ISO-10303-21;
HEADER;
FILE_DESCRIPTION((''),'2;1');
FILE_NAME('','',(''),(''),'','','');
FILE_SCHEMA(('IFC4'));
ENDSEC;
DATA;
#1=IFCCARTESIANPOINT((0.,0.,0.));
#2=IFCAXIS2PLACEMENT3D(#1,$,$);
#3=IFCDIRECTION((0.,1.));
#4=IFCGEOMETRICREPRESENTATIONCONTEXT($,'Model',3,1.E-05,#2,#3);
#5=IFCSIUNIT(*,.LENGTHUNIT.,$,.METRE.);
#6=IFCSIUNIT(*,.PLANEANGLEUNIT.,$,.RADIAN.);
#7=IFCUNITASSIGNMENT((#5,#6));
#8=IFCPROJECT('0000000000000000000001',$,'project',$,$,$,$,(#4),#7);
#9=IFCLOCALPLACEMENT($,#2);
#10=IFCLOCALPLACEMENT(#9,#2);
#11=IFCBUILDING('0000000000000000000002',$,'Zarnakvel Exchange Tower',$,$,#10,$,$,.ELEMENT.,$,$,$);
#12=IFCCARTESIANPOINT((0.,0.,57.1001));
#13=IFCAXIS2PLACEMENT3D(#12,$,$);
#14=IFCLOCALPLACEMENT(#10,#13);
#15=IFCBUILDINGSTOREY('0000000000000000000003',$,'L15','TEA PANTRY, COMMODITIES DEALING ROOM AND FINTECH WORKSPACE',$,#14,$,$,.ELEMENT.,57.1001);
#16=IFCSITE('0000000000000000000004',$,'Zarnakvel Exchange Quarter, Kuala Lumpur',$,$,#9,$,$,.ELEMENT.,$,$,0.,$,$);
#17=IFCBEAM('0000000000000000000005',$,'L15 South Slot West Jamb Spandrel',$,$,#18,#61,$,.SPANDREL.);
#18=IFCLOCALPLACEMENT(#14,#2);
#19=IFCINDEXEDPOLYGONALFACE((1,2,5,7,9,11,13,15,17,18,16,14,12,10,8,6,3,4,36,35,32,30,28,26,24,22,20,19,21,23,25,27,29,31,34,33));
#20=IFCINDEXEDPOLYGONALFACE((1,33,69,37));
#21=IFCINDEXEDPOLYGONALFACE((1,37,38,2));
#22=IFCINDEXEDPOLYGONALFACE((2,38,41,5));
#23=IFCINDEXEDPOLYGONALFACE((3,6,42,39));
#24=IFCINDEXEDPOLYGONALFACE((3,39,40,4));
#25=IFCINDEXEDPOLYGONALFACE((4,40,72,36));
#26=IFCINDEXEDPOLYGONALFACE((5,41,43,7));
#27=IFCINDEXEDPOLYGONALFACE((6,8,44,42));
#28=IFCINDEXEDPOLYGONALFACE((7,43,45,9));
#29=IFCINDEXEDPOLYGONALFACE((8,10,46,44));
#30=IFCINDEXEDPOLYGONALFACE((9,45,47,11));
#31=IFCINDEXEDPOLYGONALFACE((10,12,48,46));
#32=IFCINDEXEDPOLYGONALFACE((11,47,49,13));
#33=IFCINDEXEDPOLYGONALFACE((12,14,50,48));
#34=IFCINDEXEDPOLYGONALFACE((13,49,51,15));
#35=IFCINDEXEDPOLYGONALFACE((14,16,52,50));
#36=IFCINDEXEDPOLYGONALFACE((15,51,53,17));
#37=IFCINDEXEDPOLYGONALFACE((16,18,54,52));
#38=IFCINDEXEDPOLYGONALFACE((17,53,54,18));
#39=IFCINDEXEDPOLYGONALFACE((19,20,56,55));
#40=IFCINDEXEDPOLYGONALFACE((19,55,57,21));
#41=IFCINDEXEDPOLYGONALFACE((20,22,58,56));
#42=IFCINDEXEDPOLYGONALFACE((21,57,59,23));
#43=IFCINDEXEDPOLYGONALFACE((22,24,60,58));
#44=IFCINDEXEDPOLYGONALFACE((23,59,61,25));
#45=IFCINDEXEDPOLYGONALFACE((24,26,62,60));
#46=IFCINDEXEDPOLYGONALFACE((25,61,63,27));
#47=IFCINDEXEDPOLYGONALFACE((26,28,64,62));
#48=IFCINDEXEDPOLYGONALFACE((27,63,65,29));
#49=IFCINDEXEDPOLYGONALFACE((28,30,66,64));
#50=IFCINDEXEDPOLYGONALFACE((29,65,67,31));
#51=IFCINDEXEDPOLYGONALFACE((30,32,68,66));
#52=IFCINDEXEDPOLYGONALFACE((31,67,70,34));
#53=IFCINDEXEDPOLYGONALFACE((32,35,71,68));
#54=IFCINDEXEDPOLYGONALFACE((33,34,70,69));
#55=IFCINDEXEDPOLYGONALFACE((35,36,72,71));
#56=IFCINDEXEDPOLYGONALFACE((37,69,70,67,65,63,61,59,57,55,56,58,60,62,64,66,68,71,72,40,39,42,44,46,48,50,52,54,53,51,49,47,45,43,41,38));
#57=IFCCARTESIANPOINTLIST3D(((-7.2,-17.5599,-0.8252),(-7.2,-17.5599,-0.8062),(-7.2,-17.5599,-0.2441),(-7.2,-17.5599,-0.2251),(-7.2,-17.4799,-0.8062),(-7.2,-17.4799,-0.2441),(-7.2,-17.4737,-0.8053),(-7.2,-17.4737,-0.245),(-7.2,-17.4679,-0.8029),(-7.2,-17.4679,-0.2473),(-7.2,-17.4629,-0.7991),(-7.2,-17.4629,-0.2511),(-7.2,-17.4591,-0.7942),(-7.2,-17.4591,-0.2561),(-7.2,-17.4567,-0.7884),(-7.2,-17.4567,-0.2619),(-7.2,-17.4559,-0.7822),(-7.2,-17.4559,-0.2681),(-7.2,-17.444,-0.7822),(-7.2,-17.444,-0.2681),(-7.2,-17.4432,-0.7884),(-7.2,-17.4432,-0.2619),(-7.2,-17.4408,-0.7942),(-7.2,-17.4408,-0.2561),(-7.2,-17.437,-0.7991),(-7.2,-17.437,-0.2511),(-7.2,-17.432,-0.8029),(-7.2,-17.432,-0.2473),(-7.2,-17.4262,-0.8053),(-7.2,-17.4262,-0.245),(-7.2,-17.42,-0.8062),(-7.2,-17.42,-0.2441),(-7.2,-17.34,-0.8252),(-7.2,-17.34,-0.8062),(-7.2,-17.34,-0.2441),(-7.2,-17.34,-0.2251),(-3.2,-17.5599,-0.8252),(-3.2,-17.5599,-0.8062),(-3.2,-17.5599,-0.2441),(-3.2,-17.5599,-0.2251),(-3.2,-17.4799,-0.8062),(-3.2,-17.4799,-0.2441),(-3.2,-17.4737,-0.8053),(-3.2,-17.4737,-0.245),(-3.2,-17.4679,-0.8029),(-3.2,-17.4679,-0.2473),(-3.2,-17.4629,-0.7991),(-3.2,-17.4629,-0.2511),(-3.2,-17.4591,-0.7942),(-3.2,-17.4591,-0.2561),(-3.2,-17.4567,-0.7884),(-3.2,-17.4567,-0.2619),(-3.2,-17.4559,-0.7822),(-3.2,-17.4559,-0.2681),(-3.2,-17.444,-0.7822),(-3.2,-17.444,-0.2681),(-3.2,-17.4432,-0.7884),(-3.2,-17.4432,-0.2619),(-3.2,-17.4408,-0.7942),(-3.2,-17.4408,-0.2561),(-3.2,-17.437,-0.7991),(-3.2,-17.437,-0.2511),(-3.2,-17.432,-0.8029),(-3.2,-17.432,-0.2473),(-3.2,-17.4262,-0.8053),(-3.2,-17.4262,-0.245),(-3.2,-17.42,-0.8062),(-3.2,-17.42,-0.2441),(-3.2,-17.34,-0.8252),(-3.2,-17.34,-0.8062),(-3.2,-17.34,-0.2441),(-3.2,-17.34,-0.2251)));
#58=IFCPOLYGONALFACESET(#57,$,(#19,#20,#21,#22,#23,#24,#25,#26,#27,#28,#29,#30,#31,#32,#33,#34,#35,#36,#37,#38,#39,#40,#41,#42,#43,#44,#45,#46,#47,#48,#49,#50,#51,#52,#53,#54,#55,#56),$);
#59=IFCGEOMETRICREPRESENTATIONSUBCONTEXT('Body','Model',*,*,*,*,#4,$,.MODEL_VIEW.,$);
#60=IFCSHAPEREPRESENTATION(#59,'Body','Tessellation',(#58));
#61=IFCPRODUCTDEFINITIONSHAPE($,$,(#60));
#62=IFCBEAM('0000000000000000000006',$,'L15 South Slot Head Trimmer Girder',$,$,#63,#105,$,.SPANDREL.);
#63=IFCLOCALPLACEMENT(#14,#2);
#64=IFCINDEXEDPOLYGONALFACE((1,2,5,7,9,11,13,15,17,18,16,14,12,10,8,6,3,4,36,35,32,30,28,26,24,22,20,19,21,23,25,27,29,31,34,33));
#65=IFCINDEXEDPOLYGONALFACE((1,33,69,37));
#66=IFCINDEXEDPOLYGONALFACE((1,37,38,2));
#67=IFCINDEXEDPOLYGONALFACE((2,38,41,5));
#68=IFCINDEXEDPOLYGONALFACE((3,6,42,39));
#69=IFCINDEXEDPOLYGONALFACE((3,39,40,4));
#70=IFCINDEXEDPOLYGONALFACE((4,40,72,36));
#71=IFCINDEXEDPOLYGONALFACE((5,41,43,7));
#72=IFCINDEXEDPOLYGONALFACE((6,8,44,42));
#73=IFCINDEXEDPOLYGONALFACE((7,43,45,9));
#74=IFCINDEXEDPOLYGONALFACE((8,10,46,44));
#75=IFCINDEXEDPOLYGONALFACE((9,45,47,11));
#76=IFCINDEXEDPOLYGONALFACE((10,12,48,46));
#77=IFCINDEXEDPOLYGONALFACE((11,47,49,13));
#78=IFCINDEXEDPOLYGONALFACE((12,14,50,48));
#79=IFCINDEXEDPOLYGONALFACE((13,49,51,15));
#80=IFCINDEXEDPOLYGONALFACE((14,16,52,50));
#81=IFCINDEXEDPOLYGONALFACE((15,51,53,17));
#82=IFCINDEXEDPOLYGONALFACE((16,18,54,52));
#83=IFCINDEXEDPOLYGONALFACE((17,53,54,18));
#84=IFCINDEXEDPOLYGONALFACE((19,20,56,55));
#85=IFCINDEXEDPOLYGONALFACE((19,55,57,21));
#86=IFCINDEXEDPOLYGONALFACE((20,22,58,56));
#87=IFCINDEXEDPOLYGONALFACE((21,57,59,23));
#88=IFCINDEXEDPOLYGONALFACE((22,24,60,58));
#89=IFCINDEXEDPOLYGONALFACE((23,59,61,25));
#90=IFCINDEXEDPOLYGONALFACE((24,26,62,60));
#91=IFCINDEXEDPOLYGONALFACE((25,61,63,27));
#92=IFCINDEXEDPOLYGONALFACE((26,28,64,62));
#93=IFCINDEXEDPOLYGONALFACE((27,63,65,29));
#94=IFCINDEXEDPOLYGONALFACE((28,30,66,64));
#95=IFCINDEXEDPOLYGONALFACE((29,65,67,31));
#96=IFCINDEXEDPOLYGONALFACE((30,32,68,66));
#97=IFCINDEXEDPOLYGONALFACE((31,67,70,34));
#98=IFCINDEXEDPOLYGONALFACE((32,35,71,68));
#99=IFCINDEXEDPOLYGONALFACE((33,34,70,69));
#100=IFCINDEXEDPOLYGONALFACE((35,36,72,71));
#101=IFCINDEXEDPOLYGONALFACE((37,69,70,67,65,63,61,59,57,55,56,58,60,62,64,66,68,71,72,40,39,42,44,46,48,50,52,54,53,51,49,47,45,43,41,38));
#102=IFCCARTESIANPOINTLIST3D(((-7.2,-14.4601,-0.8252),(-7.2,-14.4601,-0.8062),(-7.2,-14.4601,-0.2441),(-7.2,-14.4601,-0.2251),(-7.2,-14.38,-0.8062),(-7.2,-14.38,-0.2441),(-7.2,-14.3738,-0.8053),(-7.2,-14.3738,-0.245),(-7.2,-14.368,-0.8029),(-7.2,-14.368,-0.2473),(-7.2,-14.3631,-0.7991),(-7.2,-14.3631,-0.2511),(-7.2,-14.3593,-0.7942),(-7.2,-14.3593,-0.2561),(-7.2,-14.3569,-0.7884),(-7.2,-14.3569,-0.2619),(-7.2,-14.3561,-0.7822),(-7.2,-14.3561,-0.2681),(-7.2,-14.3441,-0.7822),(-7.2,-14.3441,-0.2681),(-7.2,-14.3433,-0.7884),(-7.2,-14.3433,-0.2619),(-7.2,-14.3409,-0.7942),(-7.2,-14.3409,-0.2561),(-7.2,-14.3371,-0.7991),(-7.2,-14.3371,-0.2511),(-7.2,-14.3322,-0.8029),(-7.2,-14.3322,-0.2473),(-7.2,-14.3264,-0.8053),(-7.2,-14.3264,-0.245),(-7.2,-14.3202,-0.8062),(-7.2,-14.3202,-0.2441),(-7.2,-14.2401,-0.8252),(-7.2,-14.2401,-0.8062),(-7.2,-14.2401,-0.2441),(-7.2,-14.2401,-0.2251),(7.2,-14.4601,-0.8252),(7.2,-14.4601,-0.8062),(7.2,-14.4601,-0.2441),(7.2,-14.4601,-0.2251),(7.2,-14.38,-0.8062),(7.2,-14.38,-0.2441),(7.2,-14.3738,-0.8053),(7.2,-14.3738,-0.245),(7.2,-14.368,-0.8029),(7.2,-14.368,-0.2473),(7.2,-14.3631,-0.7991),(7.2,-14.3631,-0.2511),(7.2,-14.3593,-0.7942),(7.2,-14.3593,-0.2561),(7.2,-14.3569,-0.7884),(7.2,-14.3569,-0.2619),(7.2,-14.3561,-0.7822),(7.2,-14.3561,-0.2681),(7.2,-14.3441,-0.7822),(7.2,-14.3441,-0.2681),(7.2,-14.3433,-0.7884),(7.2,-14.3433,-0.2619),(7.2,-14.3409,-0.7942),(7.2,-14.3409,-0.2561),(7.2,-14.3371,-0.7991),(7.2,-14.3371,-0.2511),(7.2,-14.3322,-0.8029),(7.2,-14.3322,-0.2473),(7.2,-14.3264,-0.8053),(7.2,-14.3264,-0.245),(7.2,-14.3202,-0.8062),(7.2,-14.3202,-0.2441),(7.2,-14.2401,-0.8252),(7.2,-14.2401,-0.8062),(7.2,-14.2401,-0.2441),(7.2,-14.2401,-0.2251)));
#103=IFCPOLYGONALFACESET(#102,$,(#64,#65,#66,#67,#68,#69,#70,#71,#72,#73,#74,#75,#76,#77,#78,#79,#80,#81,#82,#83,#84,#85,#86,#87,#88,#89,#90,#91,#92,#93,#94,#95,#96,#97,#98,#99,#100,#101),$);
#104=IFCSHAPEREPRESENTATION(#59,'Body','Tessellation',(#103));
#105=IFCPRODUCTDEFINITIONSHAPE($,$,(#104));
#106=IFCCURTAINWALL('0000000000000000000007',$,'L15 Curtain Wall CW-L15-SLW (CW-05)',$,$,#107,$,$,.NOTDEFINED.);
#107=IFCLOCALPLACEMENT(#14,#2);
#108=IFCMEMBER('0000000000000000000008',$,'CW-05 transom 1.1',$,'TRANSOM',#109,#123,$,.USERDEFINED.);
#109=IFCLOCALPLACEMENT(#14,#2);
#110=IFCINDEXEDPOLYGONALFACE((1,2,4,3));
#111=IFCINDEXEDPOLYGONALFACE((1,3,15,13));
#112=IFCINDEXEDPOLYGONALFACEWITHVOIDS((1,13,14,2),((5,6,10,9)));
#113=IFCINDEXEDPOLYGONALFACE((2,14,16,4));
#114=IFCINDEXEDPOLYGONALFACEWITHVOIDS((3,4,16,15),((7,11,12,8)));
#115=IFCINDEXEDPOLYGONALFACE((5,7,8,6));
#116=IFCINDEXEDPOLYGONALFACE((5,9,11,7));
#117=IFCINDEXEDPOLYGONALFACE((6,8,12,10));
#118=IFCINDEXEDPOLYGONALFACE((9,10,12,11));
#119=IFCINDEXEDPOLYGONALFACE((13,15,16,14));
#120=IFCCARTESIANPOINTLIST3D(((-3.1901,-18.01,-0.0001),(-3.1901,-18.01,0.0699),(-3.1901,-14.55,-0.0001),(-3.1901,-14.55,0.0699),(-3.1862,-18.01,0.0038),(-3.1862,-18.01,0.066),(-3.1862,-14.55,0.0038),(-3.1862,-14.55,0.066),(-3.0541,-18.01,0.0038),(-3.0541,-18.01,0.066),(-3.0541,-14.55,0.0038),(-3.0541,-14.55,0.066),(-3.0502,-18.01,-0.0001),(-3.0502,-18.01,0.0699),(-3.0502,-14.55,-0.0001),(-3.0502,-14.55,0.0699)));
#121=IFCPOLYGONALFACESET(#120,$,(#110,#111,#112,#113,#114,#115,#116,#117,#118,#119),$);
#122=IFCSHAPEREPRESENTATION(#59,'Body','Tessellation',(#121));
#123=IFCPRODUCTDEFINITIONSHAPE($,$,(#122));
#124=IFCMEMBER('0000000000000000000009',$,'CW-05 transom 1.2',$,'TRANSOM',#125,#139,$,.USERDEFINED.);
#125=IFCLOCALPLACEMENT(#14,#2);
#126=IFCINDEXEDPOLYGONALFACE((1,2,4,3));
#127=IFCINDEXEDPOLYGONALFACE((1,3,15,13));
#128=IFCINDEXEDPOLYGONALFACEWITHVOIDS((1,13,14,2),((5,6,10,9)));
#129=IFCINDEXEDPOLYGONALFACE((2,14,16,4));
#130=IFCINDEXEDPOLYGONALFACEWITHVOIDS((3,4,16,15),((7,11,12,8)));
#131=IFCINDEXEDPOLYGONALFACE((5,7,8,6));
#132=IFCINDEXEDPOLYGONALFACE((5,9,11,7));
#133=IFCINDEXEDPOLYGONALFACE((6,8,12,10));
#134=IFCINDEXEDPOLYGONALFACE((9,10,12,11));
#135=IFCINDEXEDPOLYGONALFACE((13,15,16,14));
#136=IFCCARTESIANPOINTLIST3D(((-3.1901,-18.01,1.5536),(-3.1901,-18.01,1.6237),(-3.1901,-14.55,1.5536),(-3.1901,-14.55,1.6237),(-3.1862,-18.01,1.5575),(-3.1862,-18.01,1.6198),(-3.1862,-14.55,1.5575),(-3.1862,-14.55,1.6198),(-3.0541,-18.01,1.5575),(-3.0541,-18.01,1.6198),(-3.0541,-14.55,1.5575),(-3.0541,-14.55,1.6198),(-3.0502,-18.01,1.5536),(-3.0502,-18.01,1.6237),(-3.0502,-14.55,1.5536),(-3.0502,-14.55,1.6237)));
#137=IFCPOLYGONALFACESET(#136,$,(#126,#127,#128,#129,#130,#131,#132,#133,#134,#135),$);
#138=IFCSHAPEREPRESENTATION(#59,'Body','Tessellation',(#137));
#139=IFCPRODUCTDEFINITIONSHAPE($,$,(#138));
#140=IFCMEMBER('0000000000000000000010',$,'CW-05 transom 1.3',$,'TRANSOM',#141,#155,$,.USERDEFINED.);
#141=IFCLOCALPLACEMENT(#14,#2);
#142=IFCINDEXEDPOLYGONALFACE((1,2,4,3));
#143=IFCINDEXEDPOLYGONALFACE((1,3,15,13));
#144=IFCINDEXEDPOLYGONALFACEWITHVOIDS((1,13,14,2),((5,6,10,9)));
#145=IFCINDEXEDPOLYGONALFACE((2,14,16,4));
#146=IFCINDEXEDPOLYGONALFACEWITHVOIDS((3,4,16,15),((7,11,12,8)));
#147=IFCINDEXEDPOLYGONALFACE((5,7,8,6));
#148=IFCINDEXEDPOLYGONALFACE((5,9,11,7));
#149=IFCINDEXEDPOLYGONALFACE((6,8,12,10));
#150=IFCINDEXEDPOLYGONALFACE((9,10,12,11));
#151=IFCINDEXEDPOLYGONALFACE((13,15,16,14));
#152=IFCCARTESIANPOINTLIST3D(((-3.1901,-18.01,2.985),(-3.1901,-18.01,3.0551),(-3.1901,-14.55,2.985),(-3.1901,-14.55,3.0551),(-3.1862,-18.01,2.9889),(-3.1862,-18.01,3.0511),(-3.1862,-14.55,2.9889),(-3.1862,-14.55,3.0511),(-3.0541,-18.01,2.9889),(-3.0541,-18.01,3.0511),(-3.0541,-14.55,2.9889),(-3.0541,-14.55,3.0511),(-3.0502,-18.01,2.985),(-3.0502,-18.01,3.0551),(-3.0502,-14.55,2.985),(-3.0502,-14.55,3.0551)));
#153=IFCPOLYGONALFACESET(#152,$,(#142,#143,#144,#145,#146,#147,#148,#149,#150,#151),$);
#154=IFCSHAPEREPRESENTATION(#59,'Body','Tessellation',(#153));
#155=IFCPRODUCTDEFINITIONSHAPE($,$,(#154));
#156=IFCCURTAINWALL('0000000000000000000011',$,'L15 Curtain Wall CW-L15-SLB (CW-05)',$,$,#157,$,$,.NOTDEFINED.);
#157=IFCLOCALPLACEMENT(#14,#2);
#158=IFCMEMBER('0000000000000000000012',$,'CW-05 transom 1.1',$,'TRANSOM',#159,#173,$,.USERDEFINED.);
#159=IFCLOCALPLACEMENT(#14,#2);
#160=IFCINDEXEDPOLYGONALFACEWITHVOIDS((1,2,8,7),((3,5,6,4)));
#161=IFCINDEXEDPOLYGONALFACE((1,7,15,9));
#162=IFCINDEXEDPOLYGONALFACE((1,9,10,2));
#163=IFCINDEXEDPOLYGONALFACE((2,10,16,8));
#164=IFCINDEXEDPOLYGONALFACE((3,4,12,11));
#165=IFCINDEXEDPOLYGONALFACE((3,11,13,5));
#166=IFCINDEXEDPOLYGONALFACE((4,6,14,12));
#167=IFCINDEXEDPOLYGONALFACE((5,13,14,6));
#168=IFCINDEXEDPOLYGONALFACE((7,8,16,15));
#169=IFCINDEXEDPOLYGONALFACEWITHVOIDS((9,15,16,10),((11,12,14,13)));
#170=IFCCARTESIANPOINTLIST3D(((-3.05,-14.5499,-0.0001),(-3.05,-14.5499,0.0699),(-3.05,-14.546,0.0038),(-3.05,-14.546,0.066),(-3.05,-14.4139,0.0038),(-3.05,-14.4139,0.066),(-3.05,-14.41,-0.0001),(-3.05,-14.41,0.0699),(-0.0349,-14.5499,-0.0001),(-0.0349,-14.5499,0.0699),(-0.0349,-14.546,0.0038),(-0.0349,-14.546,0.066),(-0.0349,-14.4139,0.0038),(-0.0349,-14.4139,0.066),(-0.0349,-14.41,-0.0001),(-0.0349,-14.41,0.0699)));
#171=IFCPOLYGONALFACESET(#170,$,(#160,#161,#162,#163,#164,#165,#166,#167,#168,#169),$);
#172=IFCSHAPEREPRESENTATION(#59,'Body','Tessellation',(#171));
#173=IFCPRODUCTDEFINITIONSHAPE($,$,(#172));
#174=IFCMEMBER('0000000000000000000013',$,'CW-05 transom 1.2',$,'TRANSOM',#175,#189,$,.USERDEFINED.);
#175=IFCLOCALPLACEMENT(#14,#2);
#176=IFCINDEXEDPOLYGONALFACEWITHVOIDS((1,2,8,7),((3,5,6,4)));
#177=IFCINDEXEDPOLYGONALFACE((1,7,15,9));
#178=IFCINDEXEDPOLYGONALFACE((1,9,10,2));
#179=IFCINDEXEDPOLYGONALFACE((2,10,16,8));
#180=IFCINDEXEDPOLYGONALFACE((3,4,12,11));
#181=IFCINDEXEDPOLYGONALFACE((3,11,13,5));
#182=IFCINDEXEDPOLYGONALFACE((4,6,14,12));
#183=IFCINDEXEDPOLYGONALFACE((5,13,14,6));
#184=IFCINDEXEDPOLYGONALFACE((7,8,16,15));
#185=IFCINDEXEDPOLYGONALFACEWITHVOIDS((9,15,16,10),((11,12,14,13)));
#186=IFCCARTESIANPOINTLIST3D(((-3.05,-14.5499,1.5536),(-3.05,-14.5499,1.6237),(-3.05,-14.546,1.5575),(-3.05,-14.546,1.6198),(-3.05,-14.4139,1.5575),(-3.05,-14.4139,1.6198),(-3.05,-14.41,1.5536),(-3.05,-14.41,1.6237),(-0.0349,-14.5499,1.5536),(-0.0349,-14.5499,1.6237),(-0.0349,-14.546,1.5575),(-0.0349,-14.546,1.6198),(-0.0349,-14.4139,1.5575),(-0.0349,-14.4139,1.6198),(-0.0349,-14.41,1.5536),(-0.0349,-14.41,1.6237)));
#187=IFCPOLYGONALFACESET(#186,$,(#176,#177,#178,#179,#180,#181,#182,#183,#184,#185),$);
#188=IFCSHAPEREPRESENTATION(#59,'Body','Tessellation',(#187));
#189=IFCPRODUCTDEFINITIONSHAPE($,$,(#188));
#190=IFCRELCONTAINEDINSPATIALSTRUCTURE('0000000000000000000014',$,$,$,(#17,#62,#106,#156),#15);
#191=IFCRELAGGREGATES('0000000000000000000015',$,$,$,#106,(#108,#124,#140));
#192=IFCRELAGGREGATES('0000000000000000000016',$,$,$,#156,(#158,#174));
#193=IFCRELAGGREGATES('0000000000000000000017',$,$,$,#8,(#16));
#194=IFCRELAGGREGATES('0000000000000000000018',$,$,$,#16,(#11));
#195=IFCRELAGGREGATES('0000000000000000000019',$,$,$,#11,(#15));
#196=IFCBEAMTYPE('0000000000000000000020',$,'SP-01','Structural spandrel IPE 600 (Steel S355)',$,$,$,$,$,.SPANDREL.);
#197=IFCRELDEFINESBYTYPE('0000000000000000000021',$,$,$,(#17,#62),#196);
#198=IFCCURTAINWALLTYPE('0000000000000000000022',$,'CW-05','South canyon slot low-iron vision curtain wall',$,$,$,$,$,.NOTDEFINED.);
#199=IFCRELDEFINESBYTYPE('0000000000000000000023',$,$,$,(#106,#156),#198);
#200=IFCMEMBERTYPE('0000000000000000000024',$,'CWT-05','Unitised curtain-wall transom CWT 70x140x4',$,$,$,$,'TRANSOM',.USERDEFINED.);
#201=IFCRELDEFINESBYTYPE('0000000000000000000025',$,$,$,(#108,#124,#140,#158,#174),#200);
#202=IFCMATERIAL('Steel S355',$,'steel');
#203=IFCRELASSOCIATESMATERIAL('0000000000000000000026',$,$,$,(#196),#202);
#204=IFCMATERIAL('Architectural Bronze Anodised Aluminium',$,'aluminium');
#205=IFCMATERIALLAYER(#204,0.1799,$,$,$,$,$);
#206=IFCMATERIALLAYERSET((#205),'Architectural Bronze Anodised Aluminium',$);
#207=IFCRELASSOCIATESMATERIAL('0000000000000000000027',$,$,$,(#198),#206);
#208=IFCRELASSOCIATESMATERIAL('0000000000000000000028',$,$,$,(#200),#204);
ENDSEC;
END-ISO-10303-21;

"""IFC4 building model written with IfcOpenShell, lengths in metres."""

from ifc_helpers import new_model, si_unit, direction, frame, origin, origin_2d, place, context, subcontext, project, spatial, hollow_rectangle, i_section, extrude, source, transform, mapped, material, layer, layer_set, material_profile, profile_set, type_object, element, aggregate, save


model = new_model("IFC4")

# Units and contexts
model_context = context("Model", 3, precision=1e-05, world=origin(), true_north=direction((0.0, 1.0)))
body_context = subcontext(model_context, "Body", "Model", "MODEL_VIEW")
ifc_project = project(units=[si_unit("LENGTHUNIT", "METRE"), si_unit("PLANEANGLEUNIT", "RADIAN")], contexts=[model_context])

# Site, building, storey
site_placement = place(None, origin())
site = spatial("IfcSite", under=ifc_project, at=site_placement, Name="Zarnakvel Exchange Quarter, Kuala Lumpur", CompositionType="ELEMENT", RefElevation=0.0)
building_placement = place(site_placement, origin())
building = spatial("IfcBuilding", under=site, at=building_placement, Name="Zarnakvel Exchange Tower", CompositionType="ELEMENT")
storey_placement = place(building_placement, frame((0.0, 0.0, 57.1001)))
storey = spatial("IfcBuildingStorey", under=building, at=storey_placement, Name="L15", Description="TEA PANTRY, COMMODITIES DEALING ROOM AND FINTECH WORKSPACE", CompositionType="ELEMENT", Elevation=57.1001)

# Beams
ifc_material_1 = material(Name="Steel S355", Category="steel")
ifc_material_profile_1 = material_profile(ifc_material_1, i_section(OverallWidth=0.22, OverallDepth=0.6001, WebThickness=0.012, FlangeThickness=0.019, FilletRadius=0.0239, at=origin_2d()))
ifc_profile_set_1 = profile_set([ifc_material_profile_1], Name="Steel S355")
beam_type_1 = type_object("IfcBeamType", Name="SP-01", Description="Structural spandrel IPE 600 (Steel S355)", PredefinedType="SPANDREL", material=ifc_profile_set_1)
beam_1_placement = place(storey_placement, frame((-7.2, -17.45, -0.5251), z_axis=(1.0, 0.0, 0.0), x_axis=(0.0, 1.0, 0.0)))
element("IfcBeam", 1, at=beam_1_placement, inside=storey, type_object=beam_type_1, Name="L15 South Slot West Jamb Spandrel", PredefinedType="SPANDREL", context=body_context, shape_type="SweptSolid", body=[
    extrude(i_section(OverallWidth=0.22, OverallDepth=0.6001, WebThickness=0.012, FlangeThickness=0.019, FilletRadius=0.0239, at=origin_2d()), origin(), (0.0, 0.0, 1.0), 4.0),
])
beam_2_placement = place(storey_placement, frame((-7.2, -14.3501, -0.5251), z_axis=(1.0, 0.0, 0.0), x_axis=(0.0, 1.0, 0.0)))
element("IfcBeam", 2, at=beam_2_placement, inside=storey, type_object=beam_type_1, Name="L15 South Slot Head Trimmer Girder", PredefinedType="SPANDREL", context=body_context, shape_type="SweptSolid", body=[
    extrude(i_section(OverallWidth=0.22, OverallDepth=0.6001, WebThickness=0.012, FlangeThickness=0.019, FilletRadius=0.0239, at=origin_2d()), origin(), (0.0, 0.0, 1.0), 14.3999),
])

# Curtain walls, members
ifc_material_2 = material(Name="Architectural Bronze Anodised Aluminium", Category="aluminium")
ifc_layer_1 = layer(ifc_material_2, 0.1799)
ifc_layer_set_1 = layer_set([ifc_layer_1], Name="Architectural Bronze Anodised Aluminium")
curtain_wall_type = type_object("IfcCurtainWallType", Name="CW-05", Description="South canyon slot low-iron vision curtain wall", PredefinedType="NOTDEFINED", material=ifc_layer_set_1)
curtain_wall_1_placement = place(storey_placement, origin())
curtain_wall_1 = element("IfcCurtainWall", 3, at=curtain_wall_1_placement, inside=storey, type_object=curtain_wall_type, Name="L15 Curtain Wall CW-L15-SLW (CW-05)", PredefinedType="NOTDEFINED")
ifc_material_profile_2 = material_profile(ifc_material_2, hollow_rectangle(XDim=0.1399, YDim=0.0701, WallThickness=0.0039, at=origin_2d()))
ifc_profile_set_2 = profile_set([ifc_material_profile_2], Name="Architectural Bronze Anodised Aluminium")
member_type_1 = type_object("IfcMemberType", Name="CWT-05", Description="Unitised curtain-wall transom CWT 70x140x4", ElementType="TRANSOM", PredefinedType="USERDEFINED", material=ifc_profile_set_2)
shared_shape_1 = source(origin(), body_context, "Body", "SweptSolid", [
    extrude(hollow_rectangle(XDim=0.1399, YDim=0.0701, WallThickness=0.0039, at=origin_2d()), origin(), (0.0, 0.0, 1.0), 3.46),
])
member_1_placement = place(storey_placement, frame((-3.1201, -18.01, 0.0349), z_axis=(0.0, 1.0, 0.0), x_axis=(-1.0, 0.0, 0.0)))
member_1 = element("IfcMember", 4, at=member_1_placement, type_object=member_type_1, Name="CW-05 transom 1.1", ObjectType="TRANSOM", PredefinedType="USERDEFINED", context=body_context, shape_type="MappedRepresentation", body=[
    mapped(shared_shape_1, transform((0.0, 0.0, 0.0), x_axis=(1.0, 0.0, 0.0), y_axis=(0.0, 1.0, 0.0), z_axis=(0.0, 0.0, 1.0), scale=1.0)),
])
member_2_placement = place(storey_placement, frame((-3.1201, -18.01, 1.5886), z_axis=(0.0, 1.0, 0.0), x_axis=(-1.0, 0.0, 0.0)))
member_2 = element("IfcMember", 5, at=member_2_placement, type_object=member_type_1, Name="CW-05 transom 1.2", ObjectType="TRANSOM", PredefinedType="USERDEFINED", context=body_context, shape_type="MappedRepresentation", body=[
    mapped(shared_shape_1, transform((0.0, 0.0, 0.0), x_axis=(1.0, 0.0, 0.0), y_axis=(0.0, 1.0, 0.0), z_axis=(0.0, 0.0, 1.0), scale=1.0)),
])
member_3_placement = place(storey_placement, frame((-3.1201, -18.01, 3.02), z_axis=(0.0, 1.0, 0.0), x_axis=(-1.0, 0.0, 0.0)))
member_3 = element("IfcMember", 6, at=member_3_placement, type_object=member_type_1, Name="CW-05 transom 1.3", ObjectType="TRANSOM", PredefinedType="USERDEFINED", context=body_context, shape_type="MappedRepresentation", body=[
    mapped(shared_shape_1, transform((0.0, 0.0, 0.0), x_axis=(1.0, 0.0, 0.0), y_axis=(0.0, 1.0, 0.0), z_axis=(0.0, 0.0, 1.0), scale=1.0)),
])
curtain_wall_2_placement = place(storey_placement, origin())
curtain_wall_2 = element("IfcCurtainWall", 7, at=curtain_wall_2_placement, inside=storey, type_object=curtain_wall_type, Name="L15 Curtain Wall CW-L15-SLB (CW-05)", PredefinedType="NOTDEFINED")
shared_shape_2 = source(origin(), body_context, "Body", "SweptSolid", [
    extrude(hollow_rectangle(XDim=0.1399, YDim=0.0701, WallThickness=0.0039, at=origin_2d()), origin(), (0.0, 0.0, 1.0), 3.0151),
])
member_4_placement = place(storey_placement, frame((-3.05, -14.48, 0.0349), z_axis=(1.0, 0.0, 0.0), x_axis=(0.0, 1.0, 0.0)))
member_4 = element("IfcMember", 8, at=member_4_placement, type_object=member_type_1, Name="CW-05 transom 1.1", ObjectType="TRANSOM", PredefinedType="USERDEFINED", context=body_context, shape_type="MappedRepresentation", body=[
    mapped(shared_shape_2, transform((0.0, 0.0, 0.0), x_axis=(1.0, 0.0, 0.0), y_axis=(0.0, 1.0, 0.0), z_axis=(0.0, 0.0, 1.0), scale=1.0)),
])
member_5_placement = place(storey_placement, frame((-3.05, -14.48, 1.5886), z_axis=(1.0, 0.0, 0.0), x_axis=(0.0, 1.0, 0.0)))
member_5 = element("IfcMember", 9, at=member_5_placement, type_object=member_type_1, Name="CW-05 transom 1.2", ObjectType="TRANSOM", PredefinedType="USERDEFINED", context=body_context, shape_type="MappedRepresentation", body=[
    mapped(shared_shape_2, transform((0.0, 0.0, 0.0), x_axis=(1.0, 0.0, 0.0), y_axis=(0.0, 1.0, 0.0), z_axis=(0.0, 0.0, 1.0), scale=1.0)),
])

aggregate(curtain_wall_1, [member_1, member_2, member_3])
aggregate(curtain_wall_2, [member_4, member_5])

save(model, "model.ifc")
